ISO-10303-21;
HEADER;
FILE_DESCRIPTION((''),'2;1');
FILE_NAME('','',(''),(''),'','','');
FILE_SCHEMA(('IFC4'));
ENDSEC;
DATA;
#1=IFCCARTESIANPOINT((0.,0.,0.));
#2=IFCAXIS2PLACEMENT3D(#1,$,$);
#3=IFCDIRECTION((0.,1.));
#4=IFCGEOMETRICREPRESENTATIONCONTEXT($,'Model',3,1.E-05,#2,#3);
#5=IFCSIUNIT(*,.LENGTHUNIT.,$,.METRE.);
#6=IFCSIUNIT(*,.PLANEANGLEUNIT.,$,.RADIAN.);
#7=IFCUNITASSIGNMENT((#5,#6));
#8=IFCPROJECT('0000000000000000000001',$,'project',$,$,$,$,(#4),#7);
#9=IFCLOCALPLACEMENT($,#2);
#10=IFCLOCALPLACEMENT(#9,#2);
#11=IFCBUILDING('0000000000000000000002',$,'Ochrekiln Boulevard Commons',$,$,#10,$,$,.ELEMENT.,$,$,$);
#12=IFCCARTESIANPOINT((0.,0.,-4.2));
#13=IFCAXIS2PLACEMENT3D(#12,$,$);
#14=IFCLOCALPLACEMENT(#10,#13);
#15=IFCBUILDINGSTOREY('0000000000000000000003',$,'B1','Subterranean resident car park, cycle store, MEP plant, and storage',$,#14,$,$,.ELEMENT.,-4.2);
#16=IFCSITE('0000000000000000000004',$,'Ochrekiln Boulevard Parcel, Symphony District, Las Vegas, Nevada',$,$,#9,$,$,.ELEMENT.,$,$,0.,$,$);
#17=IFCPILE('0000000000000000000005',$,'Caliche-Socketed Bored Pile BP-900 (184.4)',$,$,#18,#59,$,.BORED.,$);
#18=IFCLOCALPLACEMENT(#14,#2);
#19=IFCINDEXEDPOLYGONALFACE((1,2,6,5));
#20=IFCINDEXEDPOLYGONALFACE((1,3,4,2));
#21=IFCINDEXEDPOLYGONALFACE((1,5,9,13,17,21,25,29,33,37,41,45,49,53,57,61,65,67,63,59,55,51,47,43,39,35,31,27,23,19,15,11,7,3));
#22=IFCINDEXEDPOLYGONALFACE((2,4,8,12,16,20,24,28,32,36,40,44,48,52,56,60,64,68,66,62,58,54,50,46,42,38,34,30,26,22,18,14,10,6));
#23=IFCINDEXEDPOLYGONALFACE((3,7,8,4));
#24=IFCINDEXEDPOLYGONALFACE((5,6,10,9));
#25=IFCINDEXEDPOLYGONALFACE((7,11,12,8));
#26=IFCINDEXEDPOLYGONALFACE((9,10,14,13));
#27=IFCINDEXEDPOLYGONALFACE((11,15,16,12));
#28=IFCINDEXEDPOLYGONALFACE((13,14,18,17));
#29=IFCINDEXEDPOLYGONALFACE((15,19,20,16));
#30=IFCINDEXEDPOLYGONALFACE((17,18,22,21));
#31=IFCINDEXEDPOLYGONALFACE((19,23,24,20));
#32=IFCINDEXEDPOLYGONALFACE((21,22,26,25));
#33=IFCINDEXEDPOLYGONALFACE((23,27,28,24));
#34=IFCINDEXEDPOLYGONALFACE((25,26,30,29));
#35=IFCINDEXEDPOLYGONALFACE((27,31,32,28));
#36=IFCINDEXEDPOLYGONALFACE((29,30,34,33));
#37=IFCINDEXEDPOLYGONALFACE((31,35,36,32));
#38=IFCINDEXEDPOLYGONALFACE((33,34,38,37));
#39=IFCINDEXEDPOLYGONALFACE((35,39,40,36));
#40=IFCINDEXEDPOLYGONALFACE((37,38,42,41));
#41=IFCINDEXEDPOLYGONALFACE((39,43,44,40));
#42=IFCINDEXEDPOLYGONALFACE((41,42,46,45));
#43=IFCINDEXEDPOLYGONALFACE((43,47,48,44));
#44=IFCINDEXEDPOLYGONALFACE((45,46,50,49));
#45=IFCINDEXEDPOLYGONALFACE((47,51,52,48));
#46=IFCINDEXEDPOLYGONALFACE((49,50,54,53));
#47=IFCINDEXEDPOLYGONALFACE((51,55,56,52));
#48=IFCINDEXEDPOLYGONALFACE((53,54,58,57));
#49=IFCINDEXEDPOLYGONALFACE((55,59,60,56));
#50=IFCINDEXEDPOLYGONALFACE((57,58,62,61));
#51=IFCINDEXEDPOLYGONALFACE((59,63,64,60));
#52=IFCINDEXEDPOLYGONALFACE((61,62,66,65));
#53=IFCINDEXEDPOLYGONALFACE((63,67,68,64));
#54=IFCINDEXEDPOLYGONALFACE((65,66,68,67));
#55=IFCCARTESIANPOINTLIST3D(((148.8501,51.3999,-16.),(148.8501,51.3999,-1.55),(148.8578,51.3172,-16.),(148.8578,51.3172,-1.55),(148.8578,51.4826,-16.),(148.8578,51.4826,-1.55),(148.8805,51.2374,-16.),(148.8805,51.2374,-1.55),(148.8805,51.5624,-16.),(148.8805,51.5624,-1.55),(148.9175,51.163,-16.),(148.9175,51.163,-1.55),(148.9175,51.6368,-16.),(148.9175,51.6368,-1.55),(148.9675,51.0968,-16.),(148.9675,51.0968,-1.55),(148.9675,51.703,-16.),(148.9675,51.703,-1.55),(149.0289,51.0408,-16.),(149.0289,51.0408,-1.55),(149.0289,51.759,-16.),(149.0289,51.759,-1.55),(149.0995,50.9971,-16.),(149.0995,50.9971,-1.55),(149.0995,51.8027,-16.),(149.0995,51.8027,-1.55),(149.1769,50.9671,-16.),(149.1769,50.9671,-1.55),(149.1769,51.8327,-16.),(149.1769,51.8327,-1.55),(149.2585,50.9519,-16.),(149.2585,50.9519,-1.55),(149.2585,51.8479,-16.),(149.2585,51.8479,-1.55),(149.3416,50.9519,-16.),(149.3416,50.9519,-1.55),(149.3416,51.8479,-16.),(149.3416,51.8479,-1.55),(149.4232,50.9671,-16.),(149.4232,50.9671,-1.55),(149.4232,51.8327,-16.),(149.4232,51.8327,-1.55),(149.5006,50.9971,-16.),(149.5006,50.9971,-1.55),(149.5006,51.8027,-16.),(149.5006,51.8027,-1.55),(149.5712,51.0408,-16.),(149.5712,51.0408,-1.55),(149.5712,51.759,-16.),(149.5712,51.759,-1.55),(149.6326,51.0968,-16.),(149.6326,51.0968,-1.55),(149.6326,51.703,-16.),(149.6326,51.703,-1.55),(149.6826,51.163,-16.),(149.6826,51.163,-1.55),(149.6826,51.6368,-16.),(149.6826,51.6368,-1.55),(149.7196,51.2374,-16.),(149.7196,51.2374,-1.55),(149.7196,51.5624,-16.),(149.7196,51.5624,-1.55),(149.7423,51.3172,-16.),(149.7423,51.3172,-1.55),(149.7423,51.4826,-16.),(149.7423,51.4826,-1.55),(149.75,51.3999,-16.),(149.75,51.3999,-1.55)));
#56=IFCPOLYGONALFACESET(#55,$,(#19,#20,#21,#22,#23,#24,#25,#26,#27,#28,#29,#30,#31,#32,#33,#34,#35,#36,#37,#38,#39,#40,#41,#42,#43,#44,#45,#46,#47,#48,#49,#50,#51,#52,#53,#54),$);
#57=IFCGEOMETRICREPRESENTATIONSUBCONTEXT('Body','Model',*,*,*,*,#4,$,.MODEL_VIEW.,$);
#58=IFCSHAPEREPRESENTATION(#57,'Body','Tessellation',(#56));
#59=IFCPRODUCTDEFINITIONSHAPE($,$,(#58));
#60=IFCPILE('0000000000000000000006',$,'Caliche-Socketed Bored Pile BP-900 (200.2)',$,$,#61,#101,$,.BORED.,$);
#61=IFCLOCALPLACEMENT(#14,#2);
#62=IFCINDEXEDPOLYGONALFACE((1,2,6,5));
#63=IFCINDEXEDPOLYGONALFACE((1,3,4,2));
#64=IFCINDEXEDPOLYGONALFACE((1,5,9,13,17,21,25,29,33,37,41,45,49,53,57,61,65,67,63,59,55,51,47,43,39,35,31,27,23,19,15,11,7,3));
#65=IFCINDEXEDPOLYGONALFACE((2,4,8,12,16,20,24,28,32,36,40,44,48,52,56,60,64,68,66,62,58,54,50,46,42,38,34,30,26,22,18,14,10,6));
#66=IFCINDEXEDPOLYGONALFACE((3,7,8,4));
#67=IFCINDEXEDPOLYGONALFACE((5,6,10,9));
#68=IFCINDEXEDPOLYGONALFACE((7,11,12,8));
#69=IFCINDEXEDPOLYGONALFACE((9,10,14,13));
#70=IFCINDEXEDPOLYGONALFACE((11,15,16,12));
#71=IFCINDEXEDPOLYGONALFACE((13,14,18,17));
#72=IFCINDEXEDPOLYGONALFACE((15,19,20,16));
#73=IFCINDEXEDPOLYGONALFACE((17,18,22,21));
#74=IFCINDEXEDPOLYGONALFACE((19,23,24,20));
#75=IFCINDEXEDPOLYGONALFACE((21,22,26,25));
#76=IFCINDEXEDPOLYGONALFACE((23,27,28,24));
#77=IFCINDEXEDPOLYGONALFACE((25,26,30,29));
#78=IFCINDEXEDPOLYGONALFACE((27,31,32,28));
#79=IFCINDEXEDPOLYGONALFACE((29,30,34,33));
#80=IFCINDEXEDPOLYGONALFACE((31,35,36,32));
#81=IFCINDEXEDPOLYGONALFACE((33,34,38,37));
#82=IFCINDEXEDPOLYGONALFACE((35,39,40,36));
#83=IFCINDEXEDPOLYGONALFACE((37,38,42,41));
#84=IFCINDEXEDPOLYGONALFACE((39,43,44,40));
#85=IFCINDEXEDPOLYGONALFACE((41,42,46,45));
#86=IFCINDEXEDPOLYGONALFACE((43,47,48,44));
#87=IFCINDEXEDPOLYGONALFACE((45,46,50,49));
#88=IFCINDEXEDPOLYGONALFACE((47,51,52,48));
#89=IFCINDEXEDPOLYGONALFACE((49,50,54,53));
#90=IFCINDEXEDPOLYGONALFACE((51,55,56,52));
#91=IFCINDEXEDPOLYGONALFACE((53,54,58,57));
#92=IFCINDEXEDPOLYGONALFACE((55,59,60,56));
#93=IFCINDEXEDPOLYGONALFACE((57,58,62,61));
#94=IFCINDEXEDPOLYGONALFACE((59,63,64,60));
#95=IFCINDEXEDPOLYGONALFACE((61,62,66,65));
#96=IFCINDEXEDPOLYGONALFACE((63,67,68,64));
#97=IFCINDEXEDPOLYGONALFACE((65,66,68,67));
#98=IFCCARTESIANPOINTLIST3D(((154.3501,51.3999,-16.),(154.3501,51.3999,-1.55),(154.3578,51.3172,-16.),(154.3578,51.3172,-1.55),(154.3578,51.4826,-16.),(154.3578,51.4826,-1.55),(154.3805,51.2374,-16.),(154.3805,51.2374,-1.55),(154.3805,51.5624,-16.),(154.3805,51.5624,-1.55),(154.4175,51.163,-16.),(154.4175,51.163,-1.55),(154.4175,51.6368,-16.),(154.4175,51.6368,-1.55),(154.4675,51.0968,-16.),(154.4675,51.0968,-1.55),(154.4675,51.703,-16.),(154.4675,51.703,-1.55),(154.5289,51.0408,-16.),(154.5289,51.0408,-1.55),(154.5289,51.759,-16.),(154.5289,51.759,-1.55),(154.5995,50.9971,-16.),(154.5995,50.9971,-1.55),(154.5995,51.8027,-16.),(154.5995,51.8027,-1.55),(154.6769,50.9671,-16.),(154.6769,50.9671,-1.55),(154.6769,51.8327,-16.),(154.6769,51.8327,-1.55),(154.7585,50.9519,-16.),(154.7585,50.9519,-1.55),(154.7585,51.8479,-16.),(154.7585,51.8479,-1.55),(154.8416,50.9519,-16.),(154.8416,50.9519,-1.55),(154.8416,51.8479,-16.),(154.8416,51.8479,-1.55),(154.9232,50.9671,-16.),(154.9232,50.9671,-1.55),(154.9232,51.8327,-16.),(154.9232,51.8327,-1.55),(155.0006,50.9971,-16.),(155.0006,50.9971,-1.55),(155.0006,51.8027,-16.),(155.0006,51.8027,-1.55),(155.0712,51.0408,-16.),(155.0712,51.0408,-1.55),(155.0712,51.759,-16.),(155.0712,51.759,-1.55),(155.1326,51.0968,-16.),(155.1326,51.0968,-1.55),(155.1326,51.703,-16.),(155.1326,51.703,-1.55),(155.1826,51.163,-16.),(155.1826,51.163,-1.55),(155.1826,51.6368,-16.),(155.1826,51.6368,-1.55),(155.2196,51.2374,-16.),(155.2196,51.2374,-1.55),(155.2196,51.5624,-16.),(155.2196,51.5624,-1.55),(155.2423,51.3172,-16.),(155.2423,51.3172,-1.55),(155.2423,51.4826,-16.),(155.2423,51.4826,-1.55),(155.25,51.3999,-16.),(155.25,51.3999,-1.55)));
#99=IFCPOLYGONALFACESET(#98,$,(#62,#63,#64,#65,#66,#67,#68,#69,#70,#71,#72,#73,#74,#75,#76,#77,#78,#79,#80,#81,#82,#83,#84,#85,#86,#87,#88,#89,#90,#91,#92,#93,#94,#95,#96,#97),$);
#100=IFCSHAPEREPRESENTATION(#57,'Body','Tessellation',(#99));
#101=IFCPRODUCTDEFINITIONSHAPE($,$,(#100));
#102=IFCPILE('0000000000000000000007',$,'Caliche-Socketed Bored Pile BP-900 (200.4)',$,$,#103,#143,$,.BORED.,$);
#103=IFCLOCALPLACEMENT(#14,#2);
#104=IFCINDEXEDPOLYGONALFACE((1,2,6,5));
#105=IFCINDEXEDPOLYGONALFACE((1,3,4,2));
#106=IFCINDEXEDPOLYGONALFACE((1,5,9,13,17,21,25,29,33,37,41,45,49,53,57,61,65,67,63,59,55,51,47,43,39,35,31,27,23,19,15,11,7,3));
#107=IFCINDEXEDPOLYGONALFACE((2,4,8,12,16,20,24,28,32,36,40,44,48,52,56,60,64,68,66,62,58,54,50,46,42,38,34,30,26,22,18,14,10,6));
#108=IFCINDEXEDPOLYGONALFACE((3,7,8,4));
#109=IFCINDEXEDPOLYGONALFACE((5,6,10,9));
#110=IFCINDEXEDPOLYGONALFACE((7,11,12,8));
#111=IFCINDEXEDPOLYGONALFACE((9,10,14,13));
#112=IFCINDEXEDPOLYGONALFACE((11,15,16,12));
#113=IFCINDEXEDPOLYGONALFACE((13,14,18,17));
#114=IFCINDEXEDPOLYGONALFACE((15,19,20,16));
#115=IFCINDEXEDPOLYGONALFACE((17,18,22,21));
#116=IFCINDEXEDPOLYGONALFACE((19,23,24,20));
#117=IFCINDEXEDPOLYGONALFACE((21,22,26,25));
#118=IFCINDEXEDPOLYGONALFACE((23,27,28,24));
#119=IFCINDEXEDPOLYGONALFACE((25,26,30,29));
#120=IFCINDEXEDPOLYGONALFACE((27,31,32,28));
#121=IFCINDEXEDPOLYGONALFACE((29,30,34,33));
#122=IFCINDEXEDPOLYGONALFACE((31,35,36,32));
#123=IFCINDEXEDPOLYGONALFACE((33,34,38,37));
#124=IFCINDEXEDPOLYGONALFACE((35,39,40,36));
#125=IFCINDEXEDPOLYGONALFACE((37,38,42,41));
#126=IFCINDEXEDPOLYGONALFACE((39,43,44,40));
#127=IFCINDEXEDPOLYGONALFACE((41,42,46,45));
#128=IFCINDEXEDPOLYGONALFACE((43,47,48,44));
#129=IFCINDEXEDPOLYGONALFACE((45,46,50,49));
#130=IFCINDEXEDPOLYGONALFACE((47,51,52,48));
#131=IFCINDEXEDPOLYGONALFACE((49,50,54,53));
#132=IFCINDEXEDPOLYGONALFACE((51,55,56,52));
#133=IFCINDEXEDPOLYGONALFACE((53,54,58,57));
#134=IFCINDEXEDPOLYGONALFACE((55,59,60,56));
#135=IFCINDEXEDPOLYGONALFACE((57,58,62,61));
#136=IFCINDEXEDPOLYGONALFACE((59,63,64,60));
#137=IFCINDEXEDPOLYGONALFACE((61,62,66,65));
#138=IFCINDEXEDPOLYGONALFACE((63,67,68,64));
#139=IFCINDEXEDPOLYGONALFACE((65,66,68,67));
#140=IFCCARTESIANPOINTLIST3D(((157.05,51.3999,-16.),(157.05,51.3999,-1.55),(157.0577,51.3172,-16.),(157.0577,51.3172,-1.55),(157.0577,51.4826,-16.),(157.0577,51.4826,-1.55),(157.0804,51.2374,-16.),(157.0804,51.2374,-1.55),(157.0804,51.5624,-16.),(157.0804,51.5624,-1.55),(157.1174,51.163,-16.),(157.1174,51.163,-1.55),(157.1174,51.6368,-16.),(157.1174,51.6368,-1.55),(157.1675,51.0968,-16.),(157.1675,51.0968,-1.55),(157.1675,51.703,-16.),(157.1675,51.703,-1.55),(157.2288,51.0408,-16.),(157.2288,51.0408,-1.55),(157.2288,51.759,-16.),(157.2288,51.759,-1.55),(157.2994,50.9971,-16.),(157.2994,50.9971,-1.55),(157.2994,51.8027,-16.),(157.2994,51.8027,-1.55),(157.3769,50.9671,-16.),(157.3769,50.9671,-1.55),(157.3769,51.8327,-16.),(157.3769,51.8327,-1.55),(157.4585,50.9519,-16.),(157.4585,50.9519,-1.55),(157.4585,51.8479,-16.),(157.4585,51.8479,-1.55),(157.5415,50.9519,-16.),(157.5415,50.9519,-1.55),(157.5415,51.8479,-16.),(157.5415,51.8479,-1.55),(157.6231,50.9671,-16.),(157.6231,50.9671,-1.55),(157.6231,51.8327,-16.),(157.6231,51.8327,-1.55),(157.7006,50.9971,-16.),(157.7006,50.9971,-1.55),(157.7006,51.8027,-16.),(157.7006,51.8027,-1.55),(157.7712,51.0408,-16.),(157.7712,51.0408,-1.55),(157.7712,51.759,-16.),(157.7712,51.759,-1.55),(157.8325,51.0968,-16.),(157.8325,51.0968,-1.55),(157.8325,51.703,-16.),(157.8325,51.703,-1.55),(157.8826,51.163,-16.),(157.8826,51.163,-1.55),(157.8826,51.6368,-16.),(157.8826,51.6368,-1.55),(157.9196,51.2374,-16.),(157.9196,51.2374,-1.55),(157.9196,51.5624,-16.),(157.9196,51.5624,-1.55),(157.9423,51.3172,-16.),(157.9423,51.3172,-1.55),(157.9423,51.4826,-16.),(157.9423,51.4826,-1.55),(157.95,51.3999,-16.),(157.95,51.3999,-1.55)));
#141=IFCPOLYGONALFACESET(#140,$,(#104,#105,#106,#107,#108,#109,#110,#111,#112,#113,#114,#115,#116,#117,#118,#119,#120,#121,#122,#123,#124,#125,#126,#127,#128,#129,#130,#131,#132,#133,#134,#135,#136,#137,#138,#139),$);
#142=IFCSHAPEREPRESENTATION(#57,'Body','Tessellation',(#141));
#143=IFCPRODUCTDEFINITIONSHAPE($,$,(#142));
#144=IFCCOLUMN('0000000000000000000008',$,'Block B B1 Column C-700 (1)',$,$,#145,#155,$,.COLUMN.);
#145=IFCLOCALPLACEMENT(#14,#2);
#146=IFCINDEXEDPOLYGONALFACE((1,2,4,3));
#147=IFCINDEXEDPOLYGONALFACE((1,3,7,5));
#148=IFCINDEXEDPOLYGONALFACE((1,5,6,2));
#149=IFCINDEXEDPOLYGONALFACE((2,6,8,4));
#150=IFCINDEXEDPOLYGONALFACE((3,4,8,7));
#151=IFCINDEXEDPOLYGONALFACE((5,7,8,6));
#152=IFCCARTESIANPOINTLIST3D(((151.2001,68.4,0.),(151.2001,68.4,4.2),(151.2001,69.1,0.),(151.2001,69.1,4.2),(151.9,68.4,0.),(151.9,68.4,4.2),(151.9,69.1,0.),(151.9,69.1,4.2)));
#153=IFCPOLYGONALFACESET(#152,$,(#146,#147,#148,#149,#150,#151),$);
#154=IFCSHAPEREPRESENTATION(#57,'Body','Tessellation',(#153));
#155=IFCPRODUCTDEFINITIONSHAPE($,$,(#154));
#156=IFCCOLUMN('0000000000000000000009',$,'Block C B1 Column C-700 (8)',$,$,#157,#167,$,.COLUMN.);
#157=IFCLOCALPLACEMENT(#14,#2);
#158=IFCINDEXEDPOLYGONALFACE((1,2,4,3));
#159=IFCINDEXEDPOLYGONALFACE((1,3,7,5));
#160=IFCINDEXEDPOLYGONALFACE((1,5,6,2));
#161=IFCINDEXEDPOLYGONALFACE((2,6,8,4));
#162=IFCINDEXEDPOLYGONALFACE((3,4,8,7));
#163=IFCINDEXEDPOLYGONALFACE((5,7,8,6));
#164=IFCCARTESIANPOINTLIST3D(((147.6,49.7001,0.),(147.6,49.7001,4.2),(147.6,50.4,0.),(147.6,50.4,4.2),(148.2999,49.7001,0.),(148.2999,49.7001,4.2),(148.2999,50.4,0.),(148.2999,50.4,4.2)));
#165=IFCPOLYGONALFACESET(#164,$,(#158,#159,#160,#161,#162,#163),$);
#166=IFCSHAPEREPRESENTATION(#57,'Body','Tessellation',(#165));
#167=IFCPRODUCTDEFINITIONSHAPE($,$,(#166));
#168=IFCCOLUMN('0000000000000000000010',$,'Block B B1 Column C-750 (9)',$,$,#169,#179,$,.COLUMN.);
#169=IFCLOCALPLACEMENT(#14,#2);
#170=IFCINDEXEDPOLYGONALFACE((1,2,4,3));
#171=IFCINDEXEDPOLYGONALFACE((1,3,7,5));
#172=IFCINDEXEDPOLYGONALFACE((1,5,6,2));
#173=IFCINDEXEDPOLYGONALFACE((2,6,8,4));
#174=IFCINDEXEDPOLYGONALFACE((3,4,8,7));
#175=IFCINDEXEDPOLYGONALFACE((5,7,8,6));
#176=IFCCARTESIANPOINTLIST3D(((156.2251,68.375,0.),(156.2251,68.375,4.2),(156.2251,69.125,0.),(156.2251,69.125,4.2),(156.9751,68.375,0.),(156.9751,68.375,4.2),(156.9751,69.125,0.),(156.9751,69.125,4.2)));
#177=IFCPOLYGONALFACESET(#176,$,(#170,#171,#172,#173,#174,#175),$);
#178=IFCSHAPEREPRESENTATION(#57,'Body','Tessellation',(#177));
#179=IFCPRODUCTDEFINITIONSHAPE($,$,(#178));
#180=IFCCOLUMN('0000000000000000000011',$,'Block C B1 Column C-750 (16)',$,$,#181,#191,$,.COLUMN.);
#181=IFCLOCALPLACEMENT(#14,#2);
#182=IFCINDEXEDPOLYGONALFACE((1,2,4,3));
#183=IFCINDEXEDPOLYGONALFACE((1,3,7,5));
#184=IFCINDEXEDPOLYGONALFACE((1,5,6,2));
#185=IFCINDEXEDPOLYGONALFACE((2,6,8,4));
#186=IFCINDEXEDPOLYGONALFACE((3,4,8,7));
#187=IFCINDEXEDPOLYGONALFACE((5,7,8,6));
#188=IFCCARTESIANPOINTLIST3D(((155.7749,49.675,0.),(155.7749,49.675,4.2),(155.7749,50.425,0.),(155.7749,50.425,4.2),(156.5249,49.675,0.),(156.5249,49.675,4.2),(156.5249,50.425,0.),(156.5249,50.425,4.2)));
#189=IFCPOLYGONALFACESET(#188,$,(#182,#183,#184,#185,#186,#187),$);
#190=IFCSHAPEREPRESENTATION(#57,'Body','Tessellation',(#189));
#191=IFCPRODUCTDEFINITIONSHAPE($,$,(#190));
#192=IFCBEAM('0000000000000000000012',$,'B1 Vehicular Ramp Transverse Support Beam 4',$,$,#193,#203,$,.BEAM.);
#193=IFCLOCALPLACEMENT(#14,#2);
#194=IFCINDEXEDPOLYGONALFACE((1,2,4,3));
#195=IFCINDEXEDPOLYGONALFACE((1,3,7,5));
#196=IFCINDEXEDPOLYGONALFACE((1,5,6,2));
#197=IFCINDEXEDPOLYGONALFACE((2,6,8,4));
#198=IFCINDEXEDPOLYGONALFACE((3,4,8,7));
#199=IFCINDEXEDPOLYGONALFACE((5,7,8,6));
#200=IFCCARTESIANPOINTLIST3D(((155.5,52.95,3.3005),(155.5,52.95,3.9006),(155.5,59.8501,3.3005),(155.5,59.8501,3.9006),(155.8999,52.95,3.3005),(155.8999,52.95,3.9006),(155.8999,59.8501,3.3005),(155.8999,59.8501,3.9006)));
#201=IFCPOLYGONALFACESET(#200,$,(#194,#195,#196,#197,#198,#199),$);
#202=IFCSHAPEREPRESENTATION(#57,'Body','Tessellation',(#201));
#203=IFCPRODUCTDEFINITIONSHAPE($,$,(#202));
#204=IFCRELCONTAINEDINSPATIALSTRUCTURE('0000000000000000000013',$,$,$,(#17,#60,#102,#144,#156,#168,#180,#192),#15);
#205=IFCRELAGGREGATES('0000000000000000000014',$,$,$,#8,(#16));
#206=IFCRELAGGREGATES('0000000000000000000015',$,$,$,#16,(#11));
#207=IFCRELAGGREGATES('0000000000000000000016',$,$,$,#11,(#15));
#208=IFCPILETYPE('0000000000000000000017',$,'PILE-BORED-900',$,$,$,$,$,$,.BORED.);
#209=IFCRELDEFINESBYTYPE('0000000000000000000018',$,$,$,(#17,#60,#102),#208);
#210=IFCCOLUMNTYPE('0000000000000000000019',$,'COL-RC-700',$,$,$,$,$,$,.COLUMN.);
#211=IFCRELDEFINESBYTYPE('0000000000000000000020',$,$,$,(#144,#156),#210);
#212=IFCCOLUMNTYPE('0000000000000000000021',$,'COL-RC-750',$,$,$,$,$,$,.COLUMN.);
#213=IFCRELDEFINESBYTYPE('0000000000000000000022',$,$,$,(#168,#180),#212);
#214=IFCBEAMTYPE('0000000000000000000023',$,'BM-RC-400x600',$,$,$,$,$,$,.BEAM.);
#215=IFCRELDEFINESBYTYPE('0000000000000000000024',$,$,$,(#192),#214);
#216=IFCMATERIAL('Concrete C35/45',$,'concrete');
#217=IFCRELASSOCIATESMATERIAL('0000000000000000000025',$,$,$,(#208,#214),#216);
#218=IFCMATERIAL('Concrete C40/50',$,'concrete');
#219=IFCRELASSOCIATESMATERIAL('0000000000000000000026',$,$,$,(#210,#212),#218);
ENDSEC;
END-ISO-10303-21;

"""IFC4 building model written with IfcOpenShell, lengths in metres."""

from ifc_helpers import new_model, si_unit, direction, frame, origin, origin_2d, place, context, subcontext, project, spatial, rectangle, circle, extrude, material, material_profile, profile_set, type_object, element, save


model = new_model("IFC4")

# Units and contexts
model_context = context("Model", 3, precision=1e-05, world=origin(), true_north=direction((0.0, 1.0)))
body_context = subcontext(model_context, "Body", "Model", "MODEL_VIEW")
ifc_project = project(units=[si_unit("LENGTHUNIT", "METRE"), si_unit("PLANEANGLEUNIT", "RADIAN")], contexts=[model_context])

# Site, building, storey
site_placement = place(None, origin())
site = spatial("IfcSite", under=ifc_project, at=site_placement, Name="Ochrekiln Boulevard Parcel, Symphony District, Las Vegas, Nevada", CompositionType="ELEMENT", RefElevation=0.0)
building_placement = place(site_placement, origin())
building = spatial("IfcBuilding", under=site, at=building_placement, Name="Ochrekiln Boulevard Commons", CompositionType="ELEMENT")
storey_placement = place(building_placement, frame((0.0, 0.0, -4.2)))
storey = spatial("IfcBuildingStorey", under=building, at=storey_placement, Name="B1", Description="Subterranean resident car park, cycle store, MEP plant, and storage", CompositionType="ELEMENT", Elevation=-4.2)

# Shared definitions
ifc_material_1 = material(Name="Concrete C35/45", Category="concrete")

# Piles
ifc_material_profile_1 = material_profile(ifc_material_1, circle(Radius=0.45, at=origin_2d()), Name="PILE-D900")
ifc_profile_set_1 = profile_set([ifc_material_profile_1], Name="Concrete C35/45")
pile_type_1 = type_object("IfcPileType", Name="PILE-BORED-900", PredefinedType="BORED", material=ifc_profile_set_1)
for number, where, z_axis, x_axis, name in (
    (1, (149.3, 51.3999, -1.55), (0.0, 0.0, -1.0), (1.0, 0.0, 0.0), "Caliche-Socketed Bored Pile BP-900 (184.4)"),
    (2, (154.8, 51.3999, -1.55), (0.0, 0.0, -1.0), (1.0, 0.0, 0.0), "Caliche-Socketed Bored Pile BP-900 (200.2)"),
    (3, (157.5, 51.3999, -1.55), (0.0, 0.0, -1.0), (1.0, 0.0, 0.0), "Caliche-Socketed Bored Pile BP-900 (200.4)"),
):
    element("IfcPile", number, at=place(storey_placement, frame(where, z_axis=z_axis, x_axis=x_axis)), inside=storey, type_object=pile_type_1, Name=name, PredefinedType="BORED", context=body_context, shape_type="SweptSolid", body=[
        extrude(circle(Radius=0.45, at=origin_2d()), origin(), (0.0, 0.0, 1.0), 14.45),
    ])

# Columns
ifc_material_2 = material(Name="Concrete C40/50", Category="concrete")
ifc_material_profile_2 = material_profile(ifc_material_2, rectangle(XDim=0.7, YDim=0.7, at=origin_2d()), Name="RC-COL-700x700")
ifc_profile_set_2 = profile_set([ifc_material_profile_2], Name="Concrete C40/50")
column_type_1 = type_object("IfcColumnType", Name="COL-RC-700", PredefinedType="COLUMN", material=ifc_profile_set_2)
for number, where, z_axis, x_axis, name in (
    (4, (151.55, 68.75, 0.0), (0.0, 0.0, 1.0), (1.0, 0.0, 0.0), "Block B B1 Column C-700 (1)"),
    (5, (147.95, 50.05, 0.0), (0.0, 0.0, 1.0), (1.0, 0.0, 0.0), "Block C B1 Column C-700 (8)"),
):
    element("IfcColumn", number, at=place(storey_placement, frame(where, z_axis=z_axis, x_axis=x_axis)), inside=storey, type_object=column_type_1, Name=name, PredefinedType="COLUMN", context=body_context, shape_type="SweptSolid", body=[
        extrude(rectangle(XDim=0.7, YDim=0.7, at=origin_2d()), origin(), (0.0, 0.0, 1.0), 4.2),
    ])
ifc_material_profile_3 = material_profile(ifc_material_2, rectangle(XDim=0.75, YDim=0.75, at=origin_2d()), Name="RC-COL-750x750")
ifc_profile_set_3 = profile_set([ifc_material_profile_3], Name="Concrete C40/50")
column_type_2 = type_object("IfcColumnType", Name="COL-RC-750", PredefinedType="COLUMN", material=ifc_profile_set_3)
for number, where, z_axis, x_axis, name in (
    (6, (156.6001, 68.75, 0.0), (0.0, 0.0, 1.0), (1.0, 0.0, 0.0), "Block B B1 Column C-750 (9)"),
    (7, (156.1499, 50.05, 0.0), (0.0, 0.0, 1.0), (1.0, 0.0, 0.0), "Block C B1 Column C-750 (16)"),
):
    element("IfcColumn", number, at=place(storey_placement, frame(where, z_axis=z_axis, x_axis=x_axis)), inside=storey, type_object=column_type_2, Name=name, PredefinedType="COLUMN", context=body_context, shape_type="SweptSolid", body=[
        extrude(rectangle(XDim=0.75, YDim=0.75, at=origin_2d()), origin(), (0.0, 0.0, 1.0), 4.2),
    ])

# Beam
ifc_material_profile_4 = material_profile(ifc_material_1, rectangle(XDim=0.3999, YDim=0.6001, at=origin_2d()), Name="RC-BM-400x600")
ifc_profile_set_4 = profile_set([ifc_material_profile_4], Name="Concrete C35/45")
beam_type = type_object("IfcBeamType", Name="BM-RC-400x600", PredefinedType="BEAM", material=ifc_profile_set_4)
beam_placement = place(storey_placement, frame((155.7, 52.95, 3.6006), z_axis=(0.0, 1.0, 0.0), x_axis=(-1.0, 0.0, 0.0)))
element("IfcBeam", 8, at=beam_placement, inside=storey, type_object=beam_type, Name="B1 Vehicular Ramp Transverse Support Beam 4", PredefinedType="BEAM", context=body_context, shape_type="SweptSolid", body=[
    extrude(rectangle(XDim=0.3999, YDim=0.6001, at=origin_2d()), origin(), (0.0, 0.0, 1.0), 6.9001),
])

save(model, "model.ifc")
